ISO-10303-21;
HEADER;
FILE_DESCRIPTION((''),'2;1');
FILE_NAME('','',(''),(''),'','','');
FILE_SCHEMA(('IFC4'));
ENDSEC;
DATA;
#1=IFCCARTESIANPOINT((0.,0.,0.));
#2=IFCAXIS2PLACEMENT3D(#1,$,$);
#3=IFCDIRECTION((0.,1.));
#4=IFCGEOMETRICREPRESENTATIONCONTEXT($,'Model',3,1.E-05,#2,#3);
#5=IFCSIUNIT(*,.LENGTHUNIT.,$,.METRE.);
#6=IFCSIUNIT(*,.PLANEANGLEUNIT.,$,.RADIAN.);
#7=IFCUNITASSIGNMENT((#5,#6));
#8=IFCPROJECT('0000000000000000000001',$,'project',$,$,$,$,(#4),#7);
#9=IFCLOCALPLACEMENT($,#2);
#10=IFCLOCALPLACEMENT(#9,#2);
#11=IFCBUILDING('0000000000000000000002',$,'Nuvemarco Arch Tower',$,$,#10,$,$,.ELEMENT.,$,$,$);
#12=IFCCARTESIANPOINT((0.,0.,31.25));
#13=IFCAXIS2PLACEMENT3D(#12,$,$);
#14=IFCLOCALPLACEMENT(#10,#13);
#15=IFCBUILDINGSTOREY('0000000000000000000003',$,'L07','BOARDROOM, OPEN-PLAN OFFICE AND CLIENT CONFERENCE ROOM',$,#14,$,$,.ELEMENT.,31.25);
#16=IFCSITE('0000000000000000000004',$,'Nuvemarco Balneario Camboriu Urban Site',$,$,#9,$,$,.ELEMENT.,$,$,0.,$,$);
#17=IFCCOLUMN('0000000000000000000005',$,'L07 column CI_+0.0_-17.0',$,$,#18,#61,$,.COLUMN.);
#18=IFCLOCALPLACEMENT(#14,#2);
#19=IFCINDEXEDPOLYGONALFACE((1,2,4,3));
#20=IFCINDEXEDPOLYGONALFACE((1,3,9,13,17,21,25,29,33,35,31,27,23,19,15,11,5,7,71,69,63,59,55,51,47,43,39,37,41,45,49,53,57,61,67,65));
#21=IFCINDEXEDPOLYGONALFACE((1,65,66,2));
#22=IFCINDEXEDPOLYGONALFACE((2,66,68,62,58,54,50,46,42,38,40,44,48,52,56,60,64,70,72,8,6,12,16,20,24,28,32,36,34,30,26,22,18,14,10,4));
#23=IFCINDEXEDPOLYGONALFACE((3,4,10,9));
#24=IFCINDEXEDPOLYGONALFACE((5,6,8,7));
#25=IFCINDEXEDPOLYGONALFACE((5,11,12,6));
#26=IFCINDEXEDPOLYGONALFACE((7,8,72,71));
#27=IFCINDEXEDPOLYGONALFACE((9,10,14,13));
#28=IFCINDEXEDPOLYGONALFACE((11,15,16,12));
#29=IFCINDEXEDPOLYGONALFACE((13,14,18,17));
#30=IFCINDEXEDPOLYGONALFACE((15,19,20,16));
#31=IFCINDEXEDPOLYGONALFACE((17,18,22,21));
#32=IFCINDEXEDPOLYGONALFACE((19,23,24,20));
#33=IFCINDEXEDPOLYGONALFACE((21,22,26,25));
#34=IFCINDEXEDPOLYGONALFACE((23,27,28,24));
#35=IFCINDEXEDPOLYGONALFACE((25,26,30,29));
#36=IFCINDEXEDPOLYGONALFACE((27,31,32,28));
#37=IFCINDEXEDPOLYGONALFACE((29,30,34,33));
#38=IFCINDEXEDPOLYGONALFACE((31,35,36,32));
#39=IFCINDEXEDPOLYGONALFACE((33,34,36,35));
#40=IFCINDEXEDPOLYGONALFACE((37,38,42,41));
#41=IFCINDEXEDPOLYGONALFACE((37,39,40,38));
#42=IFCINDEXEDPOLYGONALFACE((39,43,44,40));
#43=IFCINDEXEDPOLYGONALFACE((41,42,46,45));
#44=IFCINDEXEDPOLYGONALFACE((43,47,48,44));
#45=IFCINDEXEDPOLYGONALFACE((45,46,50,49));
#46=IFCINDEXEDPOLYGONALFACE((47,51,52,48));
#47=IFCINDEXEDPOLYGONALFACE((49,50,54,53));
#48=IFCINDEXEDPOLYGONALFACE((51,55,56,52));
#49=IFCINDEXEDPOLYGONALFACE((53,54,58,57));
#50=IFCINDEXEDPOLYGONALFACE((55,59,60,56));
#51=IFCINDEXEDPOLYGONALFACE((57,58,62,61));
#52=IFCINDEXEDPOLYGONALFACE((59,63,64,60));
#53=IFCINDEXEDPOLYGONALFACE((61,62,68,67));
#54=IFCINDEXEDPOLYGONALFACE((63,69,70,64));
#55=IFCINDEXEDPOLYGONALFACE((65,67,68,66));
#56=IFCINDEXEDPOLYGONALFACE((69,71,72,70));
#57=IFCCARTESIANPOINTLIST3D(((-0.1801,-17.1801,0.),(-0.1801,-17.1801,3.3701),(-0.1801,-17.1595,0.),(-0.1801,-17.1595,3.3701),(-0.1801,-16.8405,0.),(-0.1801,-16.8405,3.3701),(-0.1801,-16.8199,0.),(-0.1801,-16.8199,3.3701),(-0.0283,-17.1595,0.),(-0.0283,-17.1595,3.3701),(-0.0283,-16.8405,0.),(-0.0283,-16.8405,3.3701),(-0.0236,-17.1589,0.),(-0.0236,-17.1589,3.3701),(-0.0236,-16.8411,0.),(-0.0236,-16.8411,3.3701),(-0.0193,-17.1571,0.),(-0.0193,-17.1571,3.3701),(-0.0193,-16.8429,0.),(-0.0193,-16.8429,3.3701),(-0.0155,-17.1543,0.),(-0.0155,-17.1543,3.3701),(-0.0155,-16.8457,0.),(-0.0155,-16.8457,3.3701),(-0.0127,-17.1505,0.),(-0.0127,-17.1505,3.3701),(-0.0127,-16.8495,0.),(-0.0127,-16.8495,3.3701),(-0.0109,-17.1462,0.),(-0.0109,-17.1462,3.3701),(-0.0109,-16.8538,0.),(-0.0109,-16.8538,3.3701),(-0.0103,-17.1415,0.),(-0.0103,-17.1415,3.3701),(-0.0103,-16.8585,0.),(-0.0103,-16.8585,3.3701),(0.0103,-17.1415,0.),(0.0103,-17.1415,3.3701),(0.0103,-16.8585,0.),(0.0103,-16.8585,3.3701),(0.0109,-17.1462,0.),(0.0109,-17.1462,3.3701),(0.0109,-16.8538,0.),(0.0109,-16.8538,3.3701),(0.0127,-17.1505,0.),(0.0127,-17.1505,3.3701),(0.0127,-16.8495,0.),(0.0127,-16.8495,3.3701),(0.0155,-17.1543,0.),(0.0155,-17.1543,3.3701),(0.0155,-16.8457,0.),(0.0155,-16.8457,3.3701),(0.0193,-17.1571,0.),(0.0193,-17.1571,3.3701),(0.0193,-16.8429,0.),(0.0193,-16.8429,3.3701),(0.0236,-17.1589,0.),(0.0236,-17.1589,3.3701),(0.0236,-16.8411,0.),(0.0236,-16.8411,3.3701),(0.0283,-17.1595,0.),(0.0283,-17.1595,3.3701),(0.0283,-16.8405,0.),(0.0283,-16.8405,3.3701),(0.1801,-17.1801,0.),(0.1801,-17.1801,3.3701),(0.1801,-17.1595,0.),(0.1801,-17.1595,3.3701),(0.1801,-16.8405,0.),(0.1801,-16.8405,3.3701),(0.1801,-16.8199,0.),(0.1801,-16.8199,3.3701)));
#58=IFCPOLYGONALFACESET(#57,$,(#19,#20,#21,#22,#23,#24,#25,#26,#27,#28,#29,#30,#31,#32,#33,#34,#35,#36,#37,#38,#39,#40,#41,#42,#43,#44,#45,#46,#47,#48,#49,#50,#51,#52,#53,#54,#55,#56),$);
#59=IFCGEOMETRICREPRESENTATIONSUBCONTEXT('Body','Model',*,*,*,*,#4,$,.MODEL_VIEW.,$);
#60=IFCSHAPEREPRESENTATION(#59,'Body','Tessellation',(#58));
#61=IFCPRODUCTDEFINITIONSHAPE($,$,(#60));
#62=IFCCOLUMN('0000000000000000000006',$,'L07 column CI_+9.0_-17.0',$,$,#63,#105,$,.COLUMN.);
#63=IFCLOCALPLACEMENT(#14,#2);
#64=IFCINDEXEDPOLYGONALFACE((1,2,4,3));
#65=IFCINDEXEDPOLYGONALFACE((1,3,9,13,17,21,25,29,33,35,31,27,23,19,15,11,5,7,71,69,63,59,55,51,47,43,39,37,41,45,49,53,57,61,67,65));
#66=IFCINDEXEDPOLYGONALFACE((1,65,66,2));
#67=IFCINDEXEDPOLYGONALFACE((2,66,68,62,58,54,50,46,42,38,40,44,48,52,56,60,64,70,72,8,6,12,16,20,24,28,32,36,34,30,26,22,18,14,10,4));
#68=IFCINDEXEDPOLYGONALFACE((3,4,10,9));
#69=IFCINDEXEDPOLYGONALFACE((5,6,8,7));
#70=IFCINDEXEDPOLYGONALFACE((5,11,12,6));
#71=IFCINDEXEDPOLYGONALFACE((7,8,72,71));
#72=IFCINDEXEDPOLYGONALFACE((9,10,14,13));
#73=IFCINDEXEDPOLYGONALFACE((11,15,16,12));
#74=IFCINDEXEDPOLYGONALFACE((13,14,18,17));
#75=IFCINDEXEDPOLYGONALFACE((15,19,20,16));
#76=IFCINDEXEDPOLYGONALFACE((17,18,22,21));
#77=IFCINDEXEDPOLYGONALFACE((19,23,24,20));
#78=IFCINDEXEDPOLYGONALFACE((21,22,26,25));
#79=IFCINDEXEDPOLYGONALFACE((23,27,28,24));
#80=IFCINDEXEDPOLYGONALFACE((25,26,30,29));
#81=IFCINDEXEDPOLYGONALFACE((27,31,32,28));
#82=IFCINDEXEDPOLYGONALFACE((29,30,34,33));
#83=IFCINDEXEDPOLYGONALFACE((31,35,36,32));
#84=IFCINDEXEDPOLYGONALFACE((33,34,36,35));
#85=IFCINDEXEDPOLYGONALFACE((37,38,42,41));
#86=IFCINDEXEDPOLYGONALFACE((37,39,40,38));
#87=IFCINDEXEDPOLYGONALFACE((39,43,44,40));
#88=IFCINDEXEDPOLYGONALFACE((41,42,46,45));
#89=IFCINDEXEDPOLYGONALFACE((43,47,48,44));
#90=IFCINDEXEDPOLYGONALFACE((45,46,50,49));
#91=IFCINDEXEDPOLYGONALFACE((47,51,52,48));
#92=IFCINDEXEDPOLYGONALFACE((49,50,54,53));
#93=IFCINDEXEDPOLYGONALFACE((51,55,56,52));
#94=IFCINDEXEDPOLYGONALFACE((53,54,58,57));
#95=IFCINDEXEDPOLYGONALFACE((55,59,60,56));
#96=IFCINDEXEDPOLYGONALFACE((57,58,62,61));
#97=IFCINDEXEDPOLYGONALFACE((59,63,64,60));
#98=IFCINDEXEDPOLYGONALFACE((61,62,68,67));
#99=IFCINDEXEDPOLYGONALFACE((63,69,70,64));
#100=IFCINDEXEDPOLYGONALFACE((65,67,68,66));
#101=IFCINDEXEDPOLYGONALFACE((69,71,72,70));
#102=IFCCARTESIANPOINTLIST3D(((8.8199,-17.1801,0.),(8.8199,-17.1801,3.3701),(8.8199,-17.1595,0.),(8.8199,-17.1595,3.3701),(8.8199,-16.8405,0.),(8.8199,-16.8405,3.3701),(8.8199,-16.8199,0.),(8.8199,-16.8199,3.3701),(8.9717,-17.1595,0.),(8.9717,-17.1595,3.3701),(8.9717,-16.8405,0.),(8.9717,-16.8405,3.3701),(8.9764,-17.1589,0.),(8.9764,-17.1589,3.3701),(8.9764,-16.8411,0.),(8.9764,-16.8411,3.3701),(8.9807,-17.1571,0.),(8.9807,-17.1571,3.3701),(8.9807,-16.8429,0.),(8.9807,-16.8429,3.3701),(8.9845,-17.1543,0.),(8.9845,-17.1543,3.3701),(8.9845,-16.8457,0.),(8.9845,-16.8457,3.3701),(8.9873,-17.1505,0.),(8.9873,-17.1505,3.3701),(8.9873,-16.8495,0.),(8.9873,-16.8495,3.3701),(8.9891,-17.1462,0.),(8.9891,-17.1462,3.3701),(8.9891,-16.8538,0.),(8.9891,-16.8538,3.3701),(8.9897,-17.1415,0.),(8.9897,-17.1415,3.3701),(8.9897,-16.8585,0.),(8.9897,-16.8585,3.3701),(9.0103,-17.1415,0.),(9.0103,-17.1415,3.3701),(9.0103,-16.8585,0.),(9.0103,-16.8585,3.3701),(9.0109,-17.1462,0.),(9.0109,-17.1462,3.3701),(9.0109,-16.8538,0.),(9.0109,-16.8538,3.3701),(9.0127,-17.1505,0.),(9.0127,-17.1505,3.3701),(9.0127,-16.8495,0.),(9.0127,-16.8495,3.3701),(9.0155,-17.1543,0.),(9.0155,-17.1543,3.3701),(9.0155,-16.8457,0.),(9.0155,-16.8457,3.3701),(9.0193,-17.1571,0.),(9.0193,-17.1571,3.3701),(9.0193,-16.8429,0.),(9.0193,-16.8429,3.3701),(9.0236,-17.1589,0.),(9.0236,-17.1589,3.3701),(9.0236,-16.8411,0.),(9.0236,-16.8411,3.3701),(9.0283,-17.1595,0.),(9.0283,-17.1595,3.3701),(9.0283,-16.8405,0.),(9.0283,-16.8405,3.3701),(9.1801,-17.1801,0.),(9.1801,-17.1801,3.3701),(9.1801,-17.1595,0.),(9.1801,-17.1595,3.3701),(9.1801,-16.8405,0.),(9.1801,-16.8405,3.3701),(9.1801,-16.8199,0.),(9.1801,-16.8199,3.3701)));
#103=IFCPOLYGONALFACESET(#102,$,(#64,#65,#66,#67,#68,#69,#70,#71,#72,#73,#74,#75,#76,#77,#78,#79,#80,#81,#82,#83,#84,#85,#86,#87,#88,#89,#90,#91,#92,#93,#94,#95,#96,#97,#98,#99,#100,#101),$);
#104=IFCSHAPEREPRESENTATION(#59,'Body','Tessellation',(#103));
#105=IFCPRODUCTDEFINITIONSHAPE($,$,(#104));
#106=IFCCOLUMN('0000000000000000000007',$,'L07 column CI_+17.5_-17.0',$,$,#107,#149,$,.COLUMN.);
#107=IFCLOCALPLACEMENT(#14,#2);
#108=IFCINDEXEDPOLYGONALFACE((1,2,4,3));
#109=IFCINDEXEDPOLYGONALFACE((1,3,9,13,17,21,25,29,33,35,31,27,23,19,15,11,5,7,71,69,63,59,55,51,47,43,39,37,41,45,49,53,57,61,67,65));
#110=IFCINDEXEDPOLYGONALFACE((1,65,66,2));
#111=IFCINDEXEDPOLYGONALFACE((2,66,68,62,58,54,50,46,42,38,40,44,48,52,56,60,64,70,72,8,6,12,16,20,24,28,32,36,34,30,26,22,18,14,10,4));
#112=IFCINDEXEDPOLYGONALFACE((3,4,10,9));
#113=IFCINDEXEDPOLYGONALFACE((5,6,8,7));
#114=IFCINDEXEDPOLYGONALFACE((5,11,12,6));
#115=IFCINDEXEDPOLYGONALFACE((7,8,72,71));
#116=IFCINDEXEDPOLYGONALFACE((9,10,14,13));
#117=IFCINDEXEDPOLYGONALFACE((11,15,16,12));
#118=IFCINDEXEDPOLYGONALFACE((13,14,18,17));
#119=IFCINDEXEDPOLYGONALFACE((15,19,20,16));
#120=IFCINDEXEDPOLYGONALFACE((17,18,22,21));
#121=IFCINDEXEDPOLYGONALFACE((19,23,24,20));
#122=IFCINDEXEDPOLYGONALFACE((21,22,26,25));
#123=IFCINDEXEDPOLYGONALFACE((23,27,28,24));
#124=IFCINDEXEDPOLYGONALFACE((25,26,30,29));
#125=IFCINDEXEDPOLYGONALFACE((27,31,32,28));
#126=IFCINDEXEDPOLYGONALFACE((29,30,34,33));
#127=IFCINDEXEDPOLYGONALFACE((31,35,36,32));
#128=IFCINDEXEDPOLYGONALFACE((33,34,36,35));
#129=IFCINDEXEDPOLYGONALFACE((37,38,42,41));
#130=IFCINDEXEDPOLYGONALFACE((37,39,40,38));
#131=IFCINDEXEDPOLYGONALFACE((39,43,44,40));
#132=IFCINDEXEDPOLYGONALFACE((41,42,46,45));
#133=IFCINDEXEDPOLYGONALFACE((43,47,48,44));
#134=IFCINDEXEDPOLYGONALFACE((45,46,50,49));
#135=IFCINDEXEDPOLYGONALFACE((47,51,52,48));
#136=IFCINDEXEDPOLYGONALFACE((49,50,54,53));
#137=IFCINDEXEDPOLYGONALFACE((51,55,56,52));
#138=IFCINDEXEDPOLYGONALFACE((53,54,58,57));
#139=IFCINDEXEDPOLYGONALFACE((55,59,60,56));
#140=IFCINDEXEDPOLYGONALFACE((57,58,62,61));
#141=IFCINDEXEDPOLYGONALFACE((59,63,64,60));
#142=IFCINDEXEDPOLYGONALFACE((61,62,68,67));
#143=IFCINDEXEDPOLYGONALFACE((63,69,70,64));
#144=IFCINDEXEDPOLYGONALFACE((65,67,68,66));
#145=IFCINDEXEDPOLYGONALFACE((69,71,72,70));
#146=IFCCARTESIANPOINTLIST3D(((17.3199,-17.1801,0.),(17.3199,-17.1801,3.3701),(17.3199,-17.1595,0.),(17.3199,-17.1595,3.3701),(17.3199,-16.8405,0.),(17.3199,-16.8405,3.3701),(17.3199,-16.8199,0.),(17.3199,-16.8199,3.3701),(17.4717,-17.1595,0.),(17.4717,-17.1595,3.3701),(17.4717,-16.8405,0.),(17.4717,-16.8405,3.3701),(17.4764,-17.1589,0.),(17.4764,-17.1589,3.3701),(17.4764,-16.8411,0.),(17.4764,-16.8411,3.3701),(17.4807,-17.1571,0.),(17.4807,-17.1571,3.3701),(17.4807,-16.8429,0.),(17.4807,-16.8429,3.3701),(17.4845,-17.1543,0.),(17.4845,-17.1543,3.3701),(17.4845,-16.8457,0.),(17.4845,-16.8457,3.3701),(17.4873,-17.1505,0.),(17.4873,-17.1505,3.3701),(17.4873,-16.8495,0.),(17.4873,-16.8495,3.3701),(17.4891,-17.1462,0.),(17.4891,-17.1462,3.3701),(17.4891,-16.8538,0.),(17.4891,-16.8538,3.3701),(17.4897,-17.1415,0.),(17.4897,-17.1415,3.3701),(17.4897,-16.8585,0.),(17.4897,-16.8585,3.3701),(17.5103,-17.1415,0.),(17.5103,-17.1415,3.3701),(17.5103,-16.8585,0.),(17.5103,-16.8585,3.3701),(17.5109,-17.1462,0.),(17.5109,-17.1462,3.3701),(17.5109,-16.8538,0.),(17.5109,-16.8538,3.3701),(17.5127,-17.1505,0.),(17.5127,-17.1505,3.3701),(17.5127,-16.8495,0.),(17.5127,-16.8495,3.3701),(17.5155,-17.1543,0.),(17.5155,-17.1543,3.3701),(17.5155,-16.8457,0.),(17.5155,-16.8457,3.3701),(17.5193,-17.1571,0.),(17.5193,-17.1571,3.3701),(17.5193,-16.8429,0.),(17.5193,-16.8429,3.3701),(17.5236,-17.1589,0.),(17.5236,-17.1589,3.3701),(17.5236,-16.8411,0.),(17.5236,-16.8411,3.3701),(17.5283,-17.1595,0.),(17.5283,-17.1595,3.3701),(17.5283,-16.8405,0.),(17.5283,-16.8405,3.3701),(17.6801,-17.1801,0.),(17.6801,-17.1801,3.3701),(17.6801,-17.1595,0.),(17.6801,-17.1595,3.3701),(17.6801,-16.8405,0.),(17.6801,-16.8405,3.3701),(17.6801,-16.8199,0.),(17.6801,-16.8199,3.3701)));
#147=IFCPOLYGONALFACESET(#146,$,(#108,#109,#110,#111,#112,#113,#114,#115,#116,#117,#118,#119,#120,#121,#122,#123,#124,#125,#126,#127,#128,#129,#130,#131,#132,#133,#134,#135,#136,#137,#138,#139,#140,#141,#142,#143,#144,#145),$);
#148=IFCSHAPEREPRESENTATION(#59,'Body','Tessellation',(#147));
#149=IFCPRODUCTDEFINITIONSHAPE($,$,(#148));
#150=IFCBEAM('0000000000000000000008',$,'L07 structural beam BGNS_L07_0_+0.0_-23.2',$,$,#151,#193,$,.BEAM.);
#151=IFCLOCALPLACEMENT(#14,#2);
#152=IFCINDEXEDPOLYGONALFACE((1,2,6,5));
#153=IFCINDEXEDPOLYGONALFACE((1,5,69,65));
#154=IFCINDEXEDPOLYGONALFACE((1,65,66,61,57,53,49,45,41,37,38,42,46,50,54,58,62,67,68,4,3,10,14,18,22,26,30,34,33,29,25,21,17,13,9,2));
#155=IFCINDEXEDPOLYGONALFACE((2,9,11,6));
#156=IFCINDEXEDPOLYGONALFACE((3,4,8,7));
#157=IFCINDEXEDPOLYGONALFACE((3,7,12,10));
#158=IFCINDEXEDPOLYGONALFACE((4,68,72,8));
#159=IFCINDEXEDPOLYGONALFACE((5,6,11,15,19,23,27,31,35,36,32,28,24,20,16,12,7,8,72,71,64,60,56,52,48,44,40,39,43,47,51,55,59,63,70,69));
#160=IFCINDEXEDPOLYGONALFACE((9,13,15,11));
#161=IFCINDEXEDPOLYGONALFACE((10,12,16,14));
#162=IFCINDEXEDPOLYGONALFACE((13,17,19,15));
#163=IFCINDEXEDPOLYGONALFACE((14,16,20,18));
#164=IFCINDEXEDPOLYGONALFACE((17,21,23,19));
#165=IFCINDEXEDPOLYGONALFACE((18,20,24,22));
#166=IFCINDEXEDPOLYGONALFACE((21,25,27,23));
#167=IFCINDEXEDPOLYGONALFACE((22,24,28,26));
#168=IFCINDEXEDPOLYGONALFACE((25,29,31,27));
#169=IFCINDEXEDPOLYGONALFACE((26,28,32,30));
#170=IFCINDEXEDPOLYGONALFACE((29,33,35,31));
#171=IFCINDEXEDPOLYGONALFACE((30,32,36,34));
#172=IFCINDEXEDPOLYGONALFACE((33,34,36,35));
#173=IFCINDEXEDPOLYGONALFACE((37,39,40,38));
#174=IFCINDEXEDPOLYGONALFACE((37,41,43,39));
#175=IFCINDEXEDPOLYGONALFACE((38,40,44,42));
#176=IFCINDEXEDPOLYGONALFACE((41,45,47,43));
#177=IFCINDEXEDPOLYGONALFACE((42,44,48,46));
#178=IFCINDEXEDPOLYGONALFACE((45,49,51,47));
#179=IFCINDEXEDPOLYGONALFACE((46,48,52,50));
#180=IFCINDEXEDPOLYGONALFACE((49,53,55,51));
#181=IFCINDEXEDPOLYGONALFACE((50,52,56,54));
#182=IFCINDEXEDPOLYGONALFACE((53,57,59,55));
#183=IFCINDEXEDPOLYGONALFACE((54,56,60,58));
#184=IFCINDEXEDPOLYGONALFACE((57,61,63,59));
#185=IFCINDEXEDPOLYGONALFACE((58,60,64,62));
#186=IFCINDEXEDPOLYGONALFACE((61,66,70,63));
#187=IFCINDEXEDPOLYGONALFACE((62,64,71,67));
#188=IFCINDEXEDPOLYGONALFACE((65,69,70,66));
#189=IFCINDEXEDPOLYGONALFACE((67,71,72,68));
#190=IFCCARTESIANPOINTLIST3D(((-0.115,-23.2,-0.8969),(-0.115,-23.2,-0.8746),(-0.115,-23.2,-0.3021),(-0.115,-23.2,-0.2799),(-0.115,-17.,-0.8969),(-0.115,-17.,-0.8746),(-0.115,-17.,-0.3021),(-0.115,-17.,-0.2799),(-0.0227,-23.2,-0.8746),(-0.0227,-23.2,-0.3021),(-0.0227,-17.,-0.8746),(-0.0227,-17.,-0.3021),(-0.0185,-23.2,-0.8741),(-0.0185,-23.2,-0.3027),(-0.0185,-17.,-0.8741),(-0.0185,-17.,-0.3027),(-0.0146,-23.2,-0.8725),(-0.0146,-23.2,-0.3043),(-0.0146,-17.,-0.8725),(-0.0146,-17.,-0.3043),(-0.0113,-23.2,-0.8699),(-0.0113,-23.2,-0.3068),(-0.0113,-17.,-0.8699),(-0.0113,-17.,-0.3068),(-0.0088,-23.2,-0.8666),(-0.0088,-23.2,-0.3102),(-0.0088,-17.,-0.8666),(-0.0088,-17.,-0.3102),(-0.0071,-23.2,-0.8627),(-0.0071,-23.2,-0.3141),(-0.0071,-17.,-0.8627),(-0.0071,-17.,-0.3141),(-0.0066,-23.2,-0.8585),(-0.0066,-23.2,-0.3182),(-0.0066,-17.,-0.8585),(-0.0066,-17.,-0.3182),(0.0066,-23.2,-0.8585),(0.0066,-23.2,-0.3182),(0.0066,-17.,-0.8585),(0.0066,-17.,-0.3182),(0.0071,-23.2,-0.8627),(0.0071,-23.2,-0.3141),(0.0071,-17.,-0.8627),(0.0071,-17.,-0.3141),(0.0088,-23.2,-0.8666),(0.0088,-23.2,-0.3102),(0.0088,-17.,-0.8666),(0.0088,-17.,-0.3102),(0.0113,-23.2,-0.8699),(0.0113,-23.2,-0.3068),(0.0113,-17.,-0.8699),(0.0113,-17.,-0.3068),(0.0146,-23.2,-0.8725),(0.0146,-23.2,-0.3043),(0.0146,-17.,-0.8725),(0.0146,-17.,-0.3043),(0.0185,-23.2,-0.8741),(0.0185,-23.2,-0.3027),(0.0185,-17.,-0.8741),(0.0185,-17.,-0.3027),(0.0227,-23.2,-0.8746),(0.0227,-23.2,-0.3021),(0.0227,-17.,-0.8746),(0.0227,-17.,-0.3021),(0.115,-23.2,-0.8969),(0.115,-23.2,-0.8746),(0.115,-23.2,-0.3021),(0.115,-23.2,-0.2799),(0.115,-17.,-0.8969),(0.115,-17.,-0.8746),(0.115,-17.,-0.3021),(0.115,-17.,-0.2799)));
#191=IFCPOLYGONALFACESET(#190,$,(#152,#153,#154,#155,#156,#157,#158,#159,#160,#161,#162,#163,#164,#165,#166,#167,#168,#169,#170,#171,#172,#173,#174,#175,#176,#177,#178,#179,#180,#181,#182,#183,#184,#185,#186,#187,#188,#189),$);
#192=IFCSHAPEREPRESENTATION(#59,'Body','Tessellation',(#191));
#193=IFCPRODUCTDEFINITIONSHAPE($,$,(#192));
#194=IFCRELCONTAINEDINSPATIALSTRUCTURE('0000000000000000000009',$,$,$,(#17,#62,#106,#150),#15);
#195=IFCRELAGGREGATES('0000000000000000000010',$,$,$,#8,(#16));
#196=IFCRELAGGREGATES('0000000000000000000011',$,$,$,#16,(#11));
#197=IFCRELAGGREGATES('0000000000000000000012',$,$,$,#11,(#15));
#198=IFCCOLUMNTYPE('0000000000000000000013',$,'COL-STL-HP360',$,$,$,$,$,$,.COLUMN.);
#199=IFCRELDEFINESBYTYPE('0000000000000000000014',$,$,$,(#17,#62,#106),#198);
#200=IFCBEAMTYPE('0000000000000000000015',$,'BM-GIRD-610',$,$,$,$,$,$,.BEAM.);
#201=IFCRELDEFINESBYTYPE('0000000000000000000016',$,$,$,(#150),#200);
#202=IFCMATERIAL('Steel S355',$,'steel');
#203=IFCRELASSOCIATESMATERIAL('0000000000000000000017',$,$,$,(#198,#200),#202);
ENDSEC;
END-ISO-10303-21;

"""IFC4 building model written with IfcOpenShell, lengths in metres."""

from ifc_helpers import new_model, si_unit, direction, frame, origin, origin_2d, place, context, subcontext, project, spatial, i_section, extrude, material, material_profile, profile_set, type_object, element, save


model = new_model("IFC4")

# Units and contexts
model_context = context("Model", 3, precision=1e-05, world=origin(), true_north=direction((0.0, 1.0)))
body_context = subcontext(model_context, "Body", "Model", "MODEL_VIEW")
ifc_project = project(units=[si_unit("LENGTHUNIT", "METRE"), si_unit("PLANEANGLEUNIT", "RADIAN")], contexts=[model_context])

# Site, building, storey
site_placement = place(None, origin())
site = spatial("IfcSite", under=ifc_project, at=site_placement, Name="Nuvemarco Balneario Camboriu Urban Site", CompositionType="ELEMENT", RefElevation=0.0)
building_placement = place(site_placement, origin())
building = spatial("IfcBuilding", under=site, at=building_placement, Name="Nuvemarco Arch Tower", CompositionType="ELEMENT")
storey_placement = place(building_placement, frame((0.0, 0.0, 31.25)))
storey = spatial("IfcBuildingStorey", under=building, at=storey_placement, Name="L07", Description="BOARDROOM, OPEN-PLAN OFFICE AND CLIENT CONFERENCE ROOM", CompositionType="ELEMENT", Elevation=31.25)

# Columns
ifc_material_1 = material(Name="Steel S355", Category="steel")
ifc_material_profile_1 = material_profile(ifc_material_1, i_section(OverallWidth=0.3601, OverallDepth=0.3601, WebThickness=0.0205, FlangeThickness=0.0205, FilletRadius=0.0181, at=origin_2d()), Name="HP360x174")
ifc_profile_set_1 = profile_set([ifc_material_profile_1], Name="Steel S355")
column_type_1 = type_object("IfcColumnType", Name="COL-STL-HP360", PredefinedType="COLUMN", material=ifc_profile_set_1)
for number, where, z_axis, x_axis, name in (
    (1, (0.0, -17.0, 0.0), (0.0, 0.0, 1.0), (1.0, 0.0, 0.0), "L07 column CI_+0.0_-17.0"),
    (2, (9.0, -17.0, 0.0), (0.0, 0.0, 1.0), (1.0, 0.0, 0.0), "L07 column CI_+9.0_-17.0"),
    (3, (17.5, -17.0, 0.0), (0.0, 0.0, 1.0), (1.0, 0.0, 0.0), "L07 column CI_+17.5_-17.0"),
):
    element("IfcColumn", number, at=place(storey_placement, frame(where, z_axis=z_axis, x_axis=x_axis)), inside=storey, type_object=column_type_1, Name=name, PredefinedType="COLUMN", context=body_context, shape_type="SweptSolid", body=[
        extrude(i_section(OverallWidth=0.3601, OverallDepth=0.3601, WebThickness=0.0205, FlangeThickness=0.0205, FilletRadius=0.0181, at=origin_2d()), origin(), (0.0, 0.0, 1.0), 3.3701),
    ])

# Beam
ifc_material_profile_2 = material_profile(ifc_material_1, i_section(OverallWidth=0.23, OverallDepth=0.6169, WebThickness=0.0132, FlangeThickness=0.0222, FilletRadius=0.0161, at=origin_2d()), Name="W610x140")
ifc_profile_set_2 = profile_set([ifc_material_profile_2], Name="Steel S355")
beam_type_1 = type_object("IfcBeamType", Name="BM-GIRD-610", PredefinedType="BEAM", material=ifc_profile_set_2)
beam_1_placement = place(storey_placement, frame((0.0, -23.2, -0.5884), z_axis=(0.0, 1.0, 0.0), x_axis=(-1.0, 0.0, 0.0)))
element("IfcBeam", 4, at=beam_1_placement, inside=storey, type_object=beam_type_1, Name="L07 structural beam BGNS_L07_0_+0.0_-23.2", PredefinedType="BEAM", context=body_context, shape_type="SweptSolid", body=[
    extrude(i_section(OverallWidth=0.23, OverallDepth=0.6169, WebThickness=0.0132, FlangeThickness=0.0222, FilletRadius=0.0161, at=origin_2d()), origin(), (0.0, 0.0, 1.0), 6.2),
])

save(model, "model.ifc")
